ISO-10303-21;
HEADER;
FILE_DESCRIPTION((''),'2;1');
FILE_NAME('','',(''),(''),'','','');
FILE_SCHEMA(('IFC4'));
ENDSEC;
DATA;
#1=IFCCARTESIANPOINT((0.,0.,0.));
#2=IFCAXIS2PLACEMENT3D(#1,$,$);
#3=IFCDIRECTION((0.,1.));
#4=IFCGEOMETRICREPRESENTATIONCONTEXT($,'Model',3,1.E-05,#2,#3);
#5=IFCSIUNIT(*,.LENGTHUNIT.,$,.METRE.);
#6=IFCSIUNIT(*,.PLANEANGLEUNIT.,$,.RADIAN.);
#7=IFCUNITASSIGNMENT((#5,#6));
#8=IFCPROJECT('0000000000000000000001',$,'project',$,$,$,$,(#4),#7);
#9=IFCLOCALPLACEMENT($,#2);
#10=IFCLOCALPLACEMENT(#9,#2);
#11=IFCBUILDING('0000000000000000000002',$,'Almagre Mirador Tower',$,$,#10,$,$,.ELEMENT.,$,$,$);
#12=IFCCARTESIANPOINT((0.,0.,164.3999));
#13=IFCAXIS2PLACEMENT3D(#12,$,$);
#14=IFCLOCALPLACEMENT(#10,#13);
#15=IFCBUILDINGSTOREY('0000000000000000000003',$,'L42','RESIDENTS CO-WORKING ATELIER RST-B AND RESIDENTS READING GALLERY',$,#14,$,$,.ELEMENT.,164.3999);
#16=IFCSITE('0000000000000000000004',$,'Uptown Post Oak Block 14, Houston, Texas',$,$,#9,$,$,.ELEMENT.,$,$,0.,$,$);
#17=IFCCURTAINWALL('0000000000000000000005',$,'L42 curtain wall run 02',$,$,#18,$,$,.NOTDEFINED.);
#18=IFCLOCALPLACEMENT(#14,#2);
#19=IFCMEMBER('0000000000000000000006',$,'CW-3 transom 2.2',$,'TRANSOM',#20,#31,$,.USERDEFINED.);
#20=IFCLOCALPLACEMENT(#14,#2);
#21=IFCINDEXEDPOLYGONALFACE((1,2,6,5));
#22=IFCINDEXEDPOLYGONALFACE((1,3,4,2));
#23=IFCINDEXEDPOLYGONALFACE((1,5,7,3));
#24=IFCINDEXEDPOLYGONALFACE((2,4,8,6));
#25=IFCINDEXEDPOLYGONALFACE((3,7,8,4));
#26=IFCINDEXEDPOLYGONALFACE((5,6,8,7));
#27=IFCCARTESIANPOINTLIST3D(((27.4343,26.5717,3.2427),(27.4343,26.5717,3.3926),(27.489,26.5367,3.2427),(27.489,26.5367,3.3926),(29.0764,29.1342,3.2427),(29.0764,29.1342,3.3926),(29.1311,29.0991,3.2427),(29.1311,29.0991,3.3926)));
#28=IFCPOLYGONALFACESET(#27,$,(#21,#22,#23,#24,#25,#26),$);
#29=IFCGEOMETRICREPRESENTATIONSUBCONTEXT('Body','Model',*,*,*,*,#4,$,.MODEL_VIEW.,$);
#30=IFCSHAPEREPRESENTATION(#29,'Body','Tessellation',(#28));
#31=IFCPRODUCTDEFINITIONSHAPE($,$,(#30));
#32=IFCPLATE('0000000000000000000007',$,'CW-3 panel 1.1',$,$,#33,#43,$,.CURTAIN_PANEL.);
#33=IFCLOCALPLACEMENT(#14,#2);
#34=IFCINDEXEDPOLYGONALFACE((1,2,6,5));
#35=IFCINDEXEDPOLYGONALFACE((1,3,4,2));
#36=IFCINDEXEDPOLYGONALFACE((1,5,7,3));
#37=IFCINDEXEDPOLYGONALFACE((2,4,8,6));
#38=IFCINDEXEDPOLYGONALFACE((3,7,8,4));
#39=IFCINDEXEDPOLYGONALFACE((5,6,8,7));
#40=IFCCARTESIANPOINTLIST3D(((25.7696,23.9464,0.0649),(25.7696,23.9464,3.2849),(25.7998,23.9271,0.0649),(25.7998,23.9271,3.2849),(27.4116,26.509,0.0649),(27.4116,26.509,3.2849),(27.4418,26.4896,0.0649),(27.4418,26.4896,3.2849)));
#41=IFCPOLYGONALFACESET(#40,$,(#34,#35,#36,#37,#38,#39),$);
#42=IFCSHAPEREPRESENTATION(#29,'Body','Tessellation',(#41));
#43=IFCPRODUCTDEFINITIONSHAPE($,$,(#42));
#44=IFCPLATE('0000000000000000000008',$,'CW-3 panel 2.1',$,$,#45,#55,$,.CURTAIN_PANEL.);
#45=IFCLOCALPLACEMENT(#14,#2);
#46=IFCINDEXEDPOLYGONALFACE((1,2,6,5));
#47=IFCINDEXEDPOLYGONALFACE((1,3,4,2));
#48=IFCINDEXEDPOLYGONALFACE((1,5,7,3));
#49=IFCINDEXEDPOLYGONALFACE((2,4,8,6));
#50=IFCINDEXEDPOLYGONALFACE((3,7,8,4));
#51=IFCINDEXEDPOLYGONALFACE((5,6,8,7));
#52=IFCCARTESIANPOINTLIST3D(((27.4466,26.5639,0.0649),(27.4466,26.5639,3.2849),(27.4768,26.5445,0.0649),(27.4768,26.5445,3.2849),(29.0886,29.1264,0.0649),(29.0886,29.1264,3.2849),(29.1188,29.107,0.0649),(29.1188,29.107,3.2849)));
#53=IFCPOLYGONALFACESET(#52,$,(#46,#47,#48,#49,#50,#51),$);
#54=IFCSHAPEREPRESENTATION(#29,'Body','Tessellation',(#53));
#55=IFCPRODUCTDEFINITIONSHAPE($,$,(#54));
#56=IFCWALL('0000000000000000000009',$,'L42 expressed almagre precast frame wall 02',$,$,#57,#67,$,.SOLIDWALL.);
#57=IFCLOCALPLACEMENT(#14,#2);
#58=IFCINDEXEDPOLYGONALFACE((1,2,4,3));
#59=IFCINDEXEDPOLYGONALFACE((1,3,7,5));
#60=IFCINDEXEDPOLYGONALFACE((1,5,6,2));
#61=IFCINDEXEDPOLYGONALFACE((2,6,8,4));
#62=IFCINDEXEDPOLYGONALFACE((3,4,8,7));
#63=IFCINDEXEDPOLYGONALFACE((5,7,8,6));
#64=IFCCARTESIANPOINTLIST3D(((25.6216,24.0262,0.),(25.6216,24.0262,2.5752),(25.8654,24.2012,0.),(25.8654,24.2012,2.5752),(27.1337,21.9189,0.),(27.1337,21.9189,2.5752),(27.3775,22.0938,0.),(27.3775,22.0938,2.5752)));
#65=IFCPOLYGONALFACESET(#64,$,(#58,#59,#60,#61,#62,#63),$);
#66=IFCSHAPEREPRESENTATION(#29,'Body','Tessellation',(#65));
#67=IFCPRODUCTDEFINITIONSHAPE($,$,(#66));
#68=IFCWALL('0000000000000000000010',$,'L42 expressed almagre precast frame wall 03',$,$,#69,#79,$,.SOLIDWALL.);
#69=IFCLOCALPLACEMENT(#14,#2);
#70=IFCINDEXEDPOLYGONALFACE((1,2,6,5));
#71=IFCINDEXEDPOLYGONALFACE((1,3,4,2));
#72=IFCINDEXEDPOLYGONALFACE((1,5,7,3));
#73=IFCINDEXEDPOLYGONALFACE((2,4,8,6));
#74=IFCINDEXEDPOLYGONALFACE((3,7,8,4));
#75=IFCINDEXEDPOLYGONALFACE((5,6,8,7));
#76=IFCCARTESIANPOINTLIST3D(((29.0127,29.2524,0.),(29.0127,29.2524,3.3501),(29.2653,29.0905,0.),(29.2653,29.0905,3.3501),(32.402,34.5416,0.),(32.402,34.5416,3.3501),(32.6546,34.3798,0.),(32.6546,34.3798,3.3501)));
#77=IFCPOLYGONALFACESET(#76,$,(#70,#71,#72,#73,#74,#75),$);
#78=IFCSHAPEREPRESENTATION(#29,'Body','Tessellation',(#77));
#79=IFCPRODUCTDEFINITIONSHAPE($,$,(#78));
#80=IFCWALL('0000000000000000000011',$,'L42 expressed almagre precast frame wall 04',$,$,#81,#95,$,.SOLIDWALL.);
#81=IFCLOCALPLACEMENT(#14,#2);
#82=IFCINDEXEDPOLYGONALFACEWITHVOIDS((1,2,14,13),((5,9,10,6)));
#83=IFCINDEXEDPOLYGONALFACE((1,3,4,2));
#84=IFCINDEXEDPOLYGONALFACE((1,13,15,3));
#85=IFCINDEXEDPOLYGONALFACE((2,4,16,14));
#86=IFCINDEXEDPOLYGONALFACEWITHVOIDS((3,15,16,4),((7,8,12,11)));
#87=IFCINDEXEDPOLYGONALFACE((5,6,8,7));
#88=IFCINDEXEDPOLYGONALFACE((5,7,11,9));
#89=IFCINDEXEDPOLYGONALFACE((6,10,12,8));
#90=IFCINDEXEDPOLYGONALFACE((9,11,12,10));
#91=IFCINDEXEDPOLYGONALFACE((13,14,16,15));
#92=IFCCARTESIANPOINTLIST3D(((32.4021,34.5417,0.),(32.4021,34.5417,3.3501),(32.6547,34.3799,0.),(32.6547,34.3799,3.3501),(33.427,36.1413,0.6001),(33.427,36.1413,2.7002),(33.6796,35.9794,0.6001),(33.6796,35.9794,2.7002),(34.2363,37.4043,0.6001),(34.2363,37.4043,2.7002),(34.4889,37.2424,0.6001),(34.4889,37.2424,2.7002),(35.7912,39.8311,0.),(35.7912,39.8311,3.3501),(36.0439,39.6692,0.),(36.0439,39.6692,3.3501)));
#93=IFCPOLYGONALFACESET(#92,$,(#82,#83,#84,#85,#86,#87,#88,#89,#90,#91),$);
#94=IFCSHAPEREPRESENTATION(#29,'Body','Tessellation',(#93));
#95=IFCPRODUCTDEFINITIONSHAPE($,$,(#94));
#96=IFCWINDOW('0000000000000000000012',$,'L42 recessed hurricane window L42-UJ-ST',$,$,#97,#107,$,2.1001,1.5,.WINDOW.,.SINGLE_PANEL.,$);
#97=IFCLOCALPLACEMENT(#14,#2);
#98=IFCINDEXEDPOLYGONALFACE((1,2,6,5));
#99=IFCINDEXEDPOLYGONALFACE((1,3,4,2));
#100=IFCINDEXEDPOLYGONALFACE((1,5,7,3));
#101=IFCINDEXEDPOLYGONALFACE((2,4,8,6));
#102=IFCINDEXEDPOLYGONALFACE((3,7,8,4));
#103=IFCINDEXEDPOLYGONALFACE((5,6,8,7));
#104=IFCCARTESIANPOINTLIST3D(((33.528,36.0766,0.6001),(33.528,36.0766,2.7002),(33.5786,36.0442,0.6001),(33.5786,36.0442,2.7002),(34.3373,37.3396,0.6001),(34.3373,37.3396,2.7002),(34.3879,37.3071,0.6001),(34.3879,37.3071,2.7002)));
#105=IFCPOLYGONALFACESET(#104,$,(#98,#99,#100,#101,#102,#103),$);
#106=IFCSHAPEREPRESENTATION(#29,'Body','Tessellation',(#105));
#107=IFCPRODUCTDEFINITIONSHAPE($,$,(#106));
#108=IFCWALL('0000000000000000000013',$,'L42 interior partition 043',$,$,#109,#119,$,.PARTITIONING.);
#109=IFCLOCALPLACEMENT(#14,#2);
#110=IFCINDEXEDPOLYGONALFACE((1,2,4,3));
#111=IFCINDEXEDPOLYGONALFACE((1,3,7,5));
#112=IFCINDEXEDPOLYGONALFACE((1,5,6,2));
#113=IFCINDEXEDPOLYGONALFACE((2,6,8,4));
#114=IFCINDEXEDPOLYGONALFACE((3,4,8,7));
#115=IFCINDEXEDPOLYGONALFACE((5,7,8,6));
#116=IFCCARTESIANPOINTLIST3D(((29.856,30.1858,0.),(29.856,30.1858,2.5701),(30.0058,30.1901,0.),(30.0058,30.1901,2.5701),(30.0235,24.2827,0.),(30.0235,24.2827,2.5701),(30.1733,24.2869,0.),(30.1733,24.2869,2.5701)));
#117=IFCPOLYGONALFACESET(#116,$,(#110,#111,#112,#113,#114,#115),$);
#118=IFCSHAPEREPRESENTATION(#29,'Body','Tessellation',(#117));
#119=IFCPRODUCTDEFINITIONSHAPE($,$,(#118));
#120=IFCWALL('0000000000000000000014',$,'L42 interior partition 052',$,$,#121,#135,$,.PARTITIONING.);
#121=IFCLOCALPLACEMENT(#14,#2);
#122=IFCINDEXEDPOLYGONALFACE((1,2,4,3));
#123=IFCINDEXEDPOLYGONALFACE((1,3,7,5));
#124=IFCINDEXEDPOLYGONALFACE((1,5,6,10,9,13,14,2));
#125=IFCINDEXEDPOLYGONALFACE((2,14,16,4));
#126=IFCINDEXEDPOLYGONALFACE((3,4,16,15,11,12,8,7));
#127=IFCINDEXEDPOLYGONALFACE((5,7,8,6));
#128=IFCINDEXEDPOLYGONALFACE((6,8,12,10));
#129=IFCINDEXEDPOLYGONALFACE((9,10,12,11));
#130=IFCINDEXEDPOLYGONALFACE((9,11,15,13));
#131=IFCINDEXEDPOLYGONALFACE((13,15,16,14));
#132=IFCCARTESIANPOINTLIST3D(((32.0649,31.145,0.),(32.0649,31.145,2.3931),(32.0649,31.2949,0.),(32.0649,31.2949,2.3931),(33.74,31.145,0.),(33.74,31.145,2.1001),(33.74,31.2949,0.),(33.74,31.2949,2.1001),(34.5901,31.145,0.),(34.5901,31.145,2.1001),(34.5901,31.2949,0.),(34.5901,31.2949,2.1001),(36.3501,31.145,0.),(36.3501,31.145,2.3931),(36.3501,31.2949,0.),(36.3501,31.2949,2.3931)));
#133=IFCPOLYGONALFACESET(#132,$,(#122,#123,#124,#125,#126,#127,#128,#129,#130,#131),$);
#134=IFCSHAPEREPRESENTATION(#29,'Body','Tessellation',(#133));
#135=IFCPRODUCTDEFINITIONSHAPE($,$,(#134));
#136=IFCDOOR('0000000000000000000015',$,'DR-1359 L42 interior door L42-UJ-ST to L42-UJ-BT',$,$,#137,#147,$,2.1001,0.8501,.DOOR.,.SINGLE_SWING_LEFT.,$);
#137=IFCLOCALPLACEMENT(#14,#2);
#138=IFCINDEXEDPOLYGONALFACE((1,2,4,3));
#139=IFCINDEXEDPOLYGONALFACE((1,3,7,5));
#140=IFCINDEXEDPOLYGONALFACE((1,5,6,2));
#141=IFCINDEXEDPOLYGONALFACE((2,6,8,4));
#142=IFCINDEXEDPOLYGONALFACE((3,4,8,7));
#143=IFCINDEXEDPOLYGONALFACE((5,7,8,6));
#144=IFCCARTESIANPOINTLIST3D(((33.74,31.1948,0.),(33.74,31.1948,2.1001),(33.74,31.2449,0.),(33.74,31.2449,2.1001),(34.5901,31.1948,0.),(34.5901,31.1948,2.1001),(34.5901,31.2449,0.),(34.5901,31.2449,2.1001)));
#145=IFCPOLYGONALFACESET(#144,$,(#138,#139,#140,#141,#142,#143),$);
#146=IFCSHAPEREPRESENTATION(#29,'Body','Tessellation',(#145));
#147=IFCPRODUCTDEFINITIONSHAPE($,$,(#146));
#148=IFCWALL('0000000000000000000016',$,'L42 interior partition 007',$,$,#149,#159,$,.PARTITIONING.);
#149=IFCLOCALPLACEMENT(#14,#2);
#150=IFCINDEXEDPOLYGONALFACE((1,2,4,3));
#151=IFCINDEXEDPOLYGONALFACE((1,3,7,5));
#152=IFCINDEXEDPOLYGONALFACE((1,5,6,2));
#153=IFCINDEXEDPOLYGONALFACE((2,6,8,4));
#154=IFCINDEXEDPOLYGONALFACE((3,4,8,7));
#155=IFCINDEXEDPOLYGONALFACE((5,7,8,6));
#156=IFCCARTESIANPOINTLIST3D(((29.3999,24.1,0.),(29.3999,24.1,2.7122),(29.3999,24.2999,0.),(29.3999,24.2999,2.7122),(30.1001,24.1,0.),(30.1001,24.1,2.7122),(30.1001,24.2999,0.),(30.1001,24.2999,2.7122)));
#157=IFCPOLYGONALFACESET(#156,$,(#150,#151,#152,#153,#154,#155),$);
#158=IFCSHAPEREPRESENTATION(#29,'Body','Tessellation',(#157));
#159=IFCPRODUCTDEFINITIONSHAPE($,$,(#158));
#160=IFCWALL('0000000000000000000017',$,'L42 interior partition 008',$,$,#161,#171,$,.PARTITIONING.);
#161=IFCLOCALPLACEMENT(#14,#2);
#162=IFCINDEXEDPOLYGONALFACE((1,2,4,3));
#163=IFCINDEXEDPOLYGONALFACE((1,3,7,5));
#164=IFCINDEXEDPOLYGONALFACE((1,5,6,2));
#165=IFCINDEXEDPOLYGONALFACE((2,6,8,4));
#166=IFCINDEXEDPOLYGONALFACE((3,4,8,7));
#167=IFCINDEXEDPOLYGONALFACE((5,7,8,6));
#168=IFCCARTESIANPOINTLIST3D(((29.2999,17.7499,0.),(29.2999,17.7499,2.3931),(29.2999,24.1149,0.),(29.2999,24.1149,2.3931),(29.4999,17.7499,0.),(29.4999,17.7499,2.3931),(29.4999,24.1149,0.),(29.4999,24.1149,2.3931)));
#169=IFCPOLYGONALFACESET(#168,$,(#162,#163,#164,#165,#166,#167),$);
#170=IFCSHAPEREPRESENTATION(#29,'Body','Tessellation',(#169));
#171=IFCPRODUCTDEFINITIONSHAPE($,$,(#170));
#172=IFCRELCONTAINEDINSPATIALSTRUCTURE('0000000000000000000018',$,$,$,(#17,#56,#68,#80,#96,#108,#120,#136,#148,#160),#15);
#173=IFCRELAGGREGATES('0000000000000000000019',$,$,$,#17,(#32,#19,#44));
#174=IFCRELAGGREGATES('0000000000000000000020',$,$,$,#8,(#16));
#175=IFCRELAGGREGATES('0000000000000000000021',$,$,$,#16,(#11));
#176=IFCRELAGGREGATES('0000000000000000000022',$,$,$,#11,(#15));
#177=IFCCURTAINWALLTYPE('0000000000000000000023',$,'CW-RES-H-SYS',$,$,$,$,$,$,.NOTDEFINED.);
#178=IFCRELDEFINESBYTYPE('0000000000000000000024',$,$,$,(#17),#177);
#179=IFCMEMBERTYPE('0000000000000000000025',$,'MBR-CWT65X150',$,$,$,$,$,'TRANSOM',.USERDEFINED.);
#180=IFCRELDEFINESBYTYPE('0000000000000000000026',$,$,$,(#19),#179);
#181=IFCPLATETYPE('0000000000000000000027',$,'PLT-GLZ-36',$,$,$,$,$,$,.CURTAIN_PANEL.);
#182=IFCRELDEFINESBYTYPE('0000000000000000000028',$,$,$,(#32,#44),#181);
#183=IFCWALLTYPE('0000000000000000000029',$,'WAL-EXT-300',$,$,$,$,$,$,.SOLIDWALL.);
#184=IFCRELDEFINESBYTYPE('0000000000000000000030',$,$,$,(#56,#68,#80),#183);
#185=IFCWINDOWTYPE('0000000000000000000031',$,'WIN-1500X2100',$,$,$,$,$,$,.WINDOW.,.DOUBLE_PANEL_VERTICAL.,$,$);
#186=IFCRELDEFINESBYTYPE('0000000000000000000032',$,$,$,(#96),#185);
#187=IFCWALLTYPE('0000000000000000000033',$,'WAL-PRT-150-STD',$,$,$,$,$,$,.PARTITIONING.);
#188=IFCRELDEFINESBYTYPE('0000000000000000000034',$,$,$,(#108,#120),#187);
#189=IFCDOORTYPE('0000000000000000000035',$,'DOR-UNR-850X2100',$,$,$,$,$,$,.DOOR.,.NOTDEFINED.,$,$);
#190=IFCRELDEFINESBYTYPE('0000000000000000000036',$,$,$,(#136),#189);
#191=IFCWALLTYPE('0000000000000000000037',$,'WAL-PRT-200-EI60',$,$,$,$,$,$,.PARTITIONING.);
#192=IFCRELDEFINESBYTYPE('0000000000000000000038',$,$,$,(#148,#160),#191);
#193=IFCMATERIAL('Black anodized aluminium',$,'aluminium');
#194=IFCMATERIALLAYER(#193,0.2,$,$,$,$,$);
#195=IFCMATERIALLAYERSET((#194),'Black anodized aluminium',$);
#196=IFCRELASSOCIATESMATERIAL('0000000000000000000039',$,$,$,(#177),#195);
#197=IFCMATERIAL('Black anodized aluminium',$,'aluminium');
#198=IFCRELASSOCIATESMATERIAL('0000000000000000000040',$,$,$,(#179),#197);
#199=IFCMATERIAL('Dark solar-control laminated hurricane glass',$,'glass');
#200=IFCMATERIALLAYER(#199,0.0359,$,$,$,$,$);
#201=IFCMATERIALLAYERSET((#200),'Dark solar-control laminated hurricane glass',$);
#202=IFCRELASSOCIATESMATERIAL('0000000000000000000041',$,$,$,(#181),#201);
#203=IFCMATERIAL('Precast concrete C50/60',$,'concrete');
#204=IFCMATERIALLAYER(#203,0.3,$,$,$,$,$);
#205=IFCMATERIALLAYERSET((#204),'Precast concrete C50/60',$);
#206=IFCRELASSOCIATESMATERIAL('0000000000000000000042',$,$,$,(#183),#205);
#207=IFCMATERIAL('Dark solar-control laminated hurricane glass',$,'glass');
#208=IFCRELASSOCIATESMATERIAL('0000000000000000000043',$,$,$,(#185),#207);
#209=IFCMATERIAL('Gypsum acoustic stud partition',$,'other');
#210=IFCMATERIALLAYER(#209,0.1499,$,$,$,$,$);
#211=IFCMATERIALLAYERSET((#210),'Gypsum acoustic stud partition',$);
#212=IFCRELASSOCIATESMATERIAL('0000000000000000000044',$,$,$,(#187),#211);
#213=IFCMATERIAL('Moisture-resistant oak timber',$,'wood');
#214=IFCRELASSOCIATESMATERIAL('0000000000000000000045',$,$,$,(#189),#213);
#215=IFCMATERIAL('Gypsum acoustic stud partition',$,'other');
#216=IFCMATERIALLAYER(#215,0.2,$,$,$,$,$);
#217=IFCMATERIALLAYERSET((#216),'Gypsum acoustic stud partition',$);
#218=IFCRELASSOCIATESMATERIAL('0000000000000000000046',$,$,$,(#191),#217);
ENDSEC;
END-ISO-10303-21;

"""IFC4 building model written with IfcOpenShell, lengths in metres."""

from ifc_helpers import new_model, si_unit, direction, frame, frame_2d, origin, origin_2d, place, context, subcontext, project, spatial, rectangle, extrude, material, layer, layer_set, material_profile, profile_set, type_object, element, fill, aggregate, save


model = new_model("IFC4")

# Units and contexts
model_context = context("Model", 3, precision=1e-05, world=origin(), true_north=direction((0.0, 1.0)))
body_context = subcontext(model_context, "Body", "Model", "MODEL_VIEW")
ifc_project = project(units=[si_unit("LENGTHUNIT", "METRE"), si_unit("PLANEANGLEUNIT", "RADIAN")], contexts=[model_context])

# Site, building, storey
site_placement = place(None, origin())
site = spatial("IfcSite", under=ifc_project, at=site_placement, Name="Uptown Post Oak Block 14, Houston, Texas", CompositionType="ELEMENT", RefElevation=0.0)
building_placement = place(site_placement, origin())
building = spatial("IfcBuilding", under=site, at=building_placement, Name="Almagre Mirador Tower", CompositionType="ELEMENT")
storey_placement = place(building_placement, frame((0.0, 0.0, 164.3999)))
storey = spatial("IfcBuildingStorey", under=building, at=storey_placement, Name="L42", Description="RESIDENTS CO-WORKING ATELIER RST-B AND RESIDENTS READING GALLERY", CompositionType="ELEMENT", Elevation=164.3999)

# Curtain wall, member, plates
ifc_material_1 = material(Name="Black anodized aluminium", Category="aluminium")
ifc_layer_1 = layer(ifc_material_1, 0.2)
ifc_layer_set_1 = layer_set([ifc_layer_1], Name="Black anodized aluminium")
curtain_wall_type_1 = type_object("IfcCurtainWallType", Name="CW-RES-H-SYS", PredefinedType="NOTDEFINED", material=ifc_layer_set_1)
curtain_wall_1_placement = place(storey_placement, origin())
curtain_wall_1 = element("IfcCurtainWall", 1, at=curtain_wall_1_placement, inside=storey, type_object=curtain_wall_type_1, Name="L42 curtain wall run 02", PredefinedType="NOTDEFINED")
ifc_material_2 = material(Name="Black anodized aluminium", Category="aluminium")
ifc_material_profile_1 = material_profile(ifc_material_2, rectangle(XDim=0.0649, YDim=0.1499, at=origin_2d()), Name="CWT65X150")
ifc_profile_set_1 = profile_set([ifc_material_profile_1], Name="Black anodized aluminium")
member_type_1 = type_object("IfcMemberType", Name="MBR-CWT65X150", ElementType="TRANSOM", PredefinedType="USERDEFINED", material=ifc_profile_set_1)
member_1_placement = place(storey_placement, frame((27.4617, 26.5542, 3.3176), z_axis=(0.539541, 0.841959, 0.0), x_axis=(-0.841959, 0.539541, 0.0)))
member_1 = element("IfcMember", 2, at=member_1_placement, type_object=member_type_1, Name="CW-3 transom 2.2", ObjectType="TRANSOM", PredefinedType="USERDEFINED", context=body_context, shape_type="SweptSolid", body=[
    extrude(rectangle(XDim=0.0649, YDim=0.1499, at=origin_2d()), origin(), (0.0, 0.0, 1.0), 3.0435),
])
ifc_material_3 = material(Name="Dark solar-control laminated hurricane glass", Category="glass")
ifc_layer_2 = layer(ifc_material_3, 0.0359)
ifc_layer_set_2 = layer_set([ifc_layer_2], Name="Dark solar-control laminated hurricane glass")
plate_type = type_object("IfcPlateType", Name="PLT-GLZ-36", PredefinedType="CURTAIN_PANEL", material=ifc_layer_set_2)
plate_1_placement = place(storey_placement, frame((26.6057, 25.218, 0.0649), z_axis=(0.0, 0.0, 1.0), x_axis=(0.539522, 0.841971, 0.0)))
plate_1 = element("IfcPlate", 3, at=plate_1_placement, type_object=plate_type, Name="CW-3 panel 1.1", PredefinedType="CURTAIN_PANEL", context=body_context, shape_type="SweptSolid", body=[
    extrude(rectangle(XDim=3.0435, YDim=0.0359, at=origin_2d()), origin(), (0.0, 0.0, 1.0), 3.22),
])
plate_2_placement = place(storey_placement, frame((28.2827, 27.8354, 0.0649), z_axis=(0.0, 0.0, 1.0), x_axis=(0.539522, 0.841971, 0.0)))
plate_2 = element("IfcPlate", 4, at=plate_2_placement, type_object=plate_type, Name="CW-3 panel 2.1", PredefinedType="CURTAIN_PANEL", context=body_context, shape_type="SweptSolid", body=[
    extrude(rectangle(XDim=3.0435, YDim=0.0359, at=origin_2d()), origin(), (0.0, 0.0, 1.0), 3.22),
])
aggregate(curtain_wall_1, [plate_1, member_1, plate_2])

# Walls
ifc_material_4 = material(Name="Precast concrete C50/60", Category="concrete")
ifc_layer_3 = layer(ifc_material_4, 0.3)
ifc_layer_set_3 = layer_set([ifc_layer_3], Name="Precast concrete C50/60")
wall_type_1 = type_object("IfcWallType", Name="WAL-EXT-300", PredefinedType="SOLIDWALL", material=ifc_layer_set_3)
wall_1_placement = place(storey_placement, frame((27.2556, 22.0063, 0.0), z_axis=(0.0, 0.0, 1.0), x_axis=(-0.583, 0.812472, 0.0)))
element("IfcWall", 5, at=wall_1_placement, inside=storey, type_object=wall_type_1, Name="L42 expressed almagre precast frame wall 02", PredefinedType="SOLIDWALL", context=body_context, shape_type="SweptSolid", body=[
    extrude(rectangle(XDim=2.5938, YDim=0.3, at=frame_2d((1.2969, 0.0))), origin(), (0.0, 0.0, 1.0), 2.5752),
])
wall_2_placement = place(storey_placement, frame((29.1389, 29.1714, 0.0), z_axis=(0.0, 0.0, 1.0), x_axis=(0.539533, 0.841964, 0.0)))
element("IfcWall", 6, at=wall_2_placement, inside=storey, type_object=wall_type_1, Name="L42 expressed almagre precast frame wall 03", PredefinedType="SOLIDWALL", context=body_context, shape_type="SweptSolid", body=[
    extrude(rectangle(XDim=6.282, YDim=0.3, at=frame_2d((3.1411, 0.0))), origin(), (0.0, 0.0, 1.0), 3.3501),
])

# Wall, opening, window
wall_3_placement = place(storey_placement, frame((32.5283, 34.4607, 0.0), z_axis=(0.0, 0.0, 1.0), x_axis=(0.539506, 0.841982, 0.0)))
wall_3 = element("IfcWall", 7, at=wall_3_placement, inside=storey, type_object=wall_type_1, Name="L42 expressed almagre precast frame wall 04", PredefinedType="SOLIDWALL", context=body_context, shape_type="SweptSolid", body=[
    extrude(rectangle(XDim=6.282, YDim=0.3, at=frame_2d((3.1411, 0.0))), origin(), (0.0, 0.0, 1.0), 3.3501),
])
opening_1_placement = place(wall_3_placement, frame((1.8999, 0.0, 0.6001)))
opening_1 = element("IfcOpeningElement", 8, at=opening_1_placement, cuts=wall_3, PredefinedType="OPENING", context=body_context, shape_type="SweptSolid", body=[
    extrude(rectangle(XDim=1.5, YDim=2.1001, at=frame_2d((0.75, 1.05))), frame((0.0, 0.1599, 0.0), z_axis=(0.0, -1.0, 0.0), x_axis=(1.0, 0.0, 0.0)), (0.0, 0.0, 1.0), 0.32),
])
ifc_material_5 = material(Name="Dark solar-control laminated hurricane glass", Category="glass")
window_type = type_object("IfcWindowType", Name="WIN-1500X2100", PartitioningType="DOUBLE_PANEL_VERTICAL", PredefinedType="WINDOW", material=ifc_material_5)
window_placement = place(opening_1_placement, origin())
window = element("IfcWindow", 9, at=window_placement, inside=storey, type_object=window_type, Name="L42 recessed hurricane window L42-UJ-ST", OverallHeight=2.1001, OverallWidth=1.5, PartitioningType="SINGLE_PANEL", PredefinedType="WINDOW", context=body_context, shape_type="SweptSolid", body=[
    extrude(rectangle(XDim=1.5, YDim=2.1001, at=frame_2d((0.75, 1.05))), frame((0.0, 0.03, 0.0), z_axis=(0.0, -1.0, 0.0), x_axis=(1.0, 0.0, 0.0)), (0.0, 0.0, 1.0), 0.0601),
])
fill(opening_1, window)

# Wall
ifc_material_6 = material(Name="Gypsum acoustic stud partition", Category="other")
ifc_layer_4 = layer(ifc_material_6, 0.1499)
ifc_layer_set_4 = layer_set([ifc_layer_4], Name="Gypsum acoustic stud partition")
wall_type_2 = type_object("IfcWallType", Name="WAL-PRT-150-STD", PredefinedType="PARTITIONING", material=ifc_layer_set_4)
wall_4_placement = place(storey_placement, frame((30.0984, 24.2849, 0.0), z_axis=(0.0, 0.0, 1.0), x_axis=(-0.02836, 0.999598, 0.0)))
element("IfcWall", 10, at=wall_4_placement, inside=storey, type_object=wall_type_2, Name="L42 interior partition 043", PredefinedType="PARTITIONING", context=body_context, shape_type="SweptSolid", body=[
    extrude(rectangle(XDim=5.9055, YDim=0.1499, at=frame_2d((2.9526, 0.0))), origin(), (0.0, 0.0, 1.0), 2.5701),
])

# Wall, opening, door
wall_5_placement = place(storey_placement, frame((32.0649, 31.22, 0.0), z_axis=(0.0, 0.0, 1.0), x_axis=(1.0, 0.0, 0.0)))
wall_5 = element("IfcWall", 11, at=wall_5_placement, inside=storey, type_object=wall_type_2, Name="L42 interior partition 052", PredefinedType="PARTITIONING", context=body_context, shape_type="SweptSolid", body=[
    extrude(rectangle(XDim=4.2852, YDim=0.1499, at=frame_2d((2.1426, 0.0))), origin(), (0.0, 0.0, 1.0), 2.3931),
])
opening_2_placement = place(wall_5_placement, frame((1.675, 0.0, 0.0)))
opening_2 = element("IfcOpeningElement", 12, at=opening_2_placement, cuts=wall_5, PredefinedType="OPENING", context=body_context, shape_type="SweptSolid", body=[
    extrude(rectangle(XDim=0.8501, YDim=2.1001, at=frame_2d((0.425, 1.05))), frame((0.0, 0.085, 0.0), z_axis=(0.0, -1.0, 0.0), x_axis=(1.0, 0.0, 0.0)), (0.0, 0.0, 1.0), 0.1699),
])
ifc_material_7 = material(Name="Moisture-resistant oak timber", Category="wood")
door_type = type_object("IfcDoorType", Name="DOR-UNR-850X2100", OperationType="NOTDEFINED", PredefinedType="DOOR", material=ifc_material_7)
door_placement = place(opening_2_placement, origin())
door = element("IfcDoor", 13, at=door_placement, inside=storey, type_object=door_type, Name="DR-1359 L42 interior door L42-UJ-ST to L42-UJ-BT", OperationType="SINGLE_SWING_LEFT", OverallHeight=2.1001, OverallWidth=0.8501, PredefinedType="DOOR", context=body_context, shape_type="SweptSolid", body=[
    extrude(rectangle(XDim=0.8501, YDim=2.1001, at=frame_2d((0.425, 1.05))), frame((0.0, 0.0249, 0.0), z_axis=(0.0, -1.0, 0.0), x_axis=(1.0, 0.0, 0.0)), (0.0, 0.0, 1.0), 0.05),
])
fill(opening_2, door)

# Walls
ifc_material_8 = material(Name="Gypsum acoustic stud partition", Category="other")
ifc_layer_5 = layer(ifc_material_8, 0.2)
ifc_layer_set_5 = layer_set([ifc_layer_5], Name="Gypsum acoustic stud partition")
wall_type_3 = type_object("IfcWallType", Name="WAL-PRT-200-EI60", PredefinedType="PARTITIONING", material=ifc_layer_set_5)
wall_6_placement = place(storey_placement, frame((30.1001, 24.2, 0.0), z_axis=(0.0, 0.0, 1.0), x_axis=(-1.0, 0.0, 0.0)))
element("IfcWall", 14, at=wall_6_placement, inside=storey, type_object=wall_type_3, Name="L42 interior partition 007", PredefinedType="PARTITIONING", context=body_context, shape_type="SweptSolid", body=[
    extrude(rectangle(XDim=0.7002, YDim=0.2, at=frame_2d((0.3501, 0.0))), origin(), (0.0, 0.0, 1.0), 2.7122),
])
wall_7_placement = place(storey_placement, frame((29.3999, 24.115, 0.0), z_axis=(0.0, 0.0, 1.0), x_axis=(0.0, -1.0, 0.0)))
element("IfcWall", 15, at=wall_7_placement, inside=storey, type_object=wall_type_3, Name="L42 interior partition 008", PredefinedType="PARTITIONING", context=body_context, shape_type="SweptSolid", body=[
    extrude(rectangle(XDim=6.365, YDim=0.2, at=frame_2d((3.1826, 0.0))), origin(), (0.0, 0.0, 1.0), 2.3931),
])

save(model, "model.ifc")
